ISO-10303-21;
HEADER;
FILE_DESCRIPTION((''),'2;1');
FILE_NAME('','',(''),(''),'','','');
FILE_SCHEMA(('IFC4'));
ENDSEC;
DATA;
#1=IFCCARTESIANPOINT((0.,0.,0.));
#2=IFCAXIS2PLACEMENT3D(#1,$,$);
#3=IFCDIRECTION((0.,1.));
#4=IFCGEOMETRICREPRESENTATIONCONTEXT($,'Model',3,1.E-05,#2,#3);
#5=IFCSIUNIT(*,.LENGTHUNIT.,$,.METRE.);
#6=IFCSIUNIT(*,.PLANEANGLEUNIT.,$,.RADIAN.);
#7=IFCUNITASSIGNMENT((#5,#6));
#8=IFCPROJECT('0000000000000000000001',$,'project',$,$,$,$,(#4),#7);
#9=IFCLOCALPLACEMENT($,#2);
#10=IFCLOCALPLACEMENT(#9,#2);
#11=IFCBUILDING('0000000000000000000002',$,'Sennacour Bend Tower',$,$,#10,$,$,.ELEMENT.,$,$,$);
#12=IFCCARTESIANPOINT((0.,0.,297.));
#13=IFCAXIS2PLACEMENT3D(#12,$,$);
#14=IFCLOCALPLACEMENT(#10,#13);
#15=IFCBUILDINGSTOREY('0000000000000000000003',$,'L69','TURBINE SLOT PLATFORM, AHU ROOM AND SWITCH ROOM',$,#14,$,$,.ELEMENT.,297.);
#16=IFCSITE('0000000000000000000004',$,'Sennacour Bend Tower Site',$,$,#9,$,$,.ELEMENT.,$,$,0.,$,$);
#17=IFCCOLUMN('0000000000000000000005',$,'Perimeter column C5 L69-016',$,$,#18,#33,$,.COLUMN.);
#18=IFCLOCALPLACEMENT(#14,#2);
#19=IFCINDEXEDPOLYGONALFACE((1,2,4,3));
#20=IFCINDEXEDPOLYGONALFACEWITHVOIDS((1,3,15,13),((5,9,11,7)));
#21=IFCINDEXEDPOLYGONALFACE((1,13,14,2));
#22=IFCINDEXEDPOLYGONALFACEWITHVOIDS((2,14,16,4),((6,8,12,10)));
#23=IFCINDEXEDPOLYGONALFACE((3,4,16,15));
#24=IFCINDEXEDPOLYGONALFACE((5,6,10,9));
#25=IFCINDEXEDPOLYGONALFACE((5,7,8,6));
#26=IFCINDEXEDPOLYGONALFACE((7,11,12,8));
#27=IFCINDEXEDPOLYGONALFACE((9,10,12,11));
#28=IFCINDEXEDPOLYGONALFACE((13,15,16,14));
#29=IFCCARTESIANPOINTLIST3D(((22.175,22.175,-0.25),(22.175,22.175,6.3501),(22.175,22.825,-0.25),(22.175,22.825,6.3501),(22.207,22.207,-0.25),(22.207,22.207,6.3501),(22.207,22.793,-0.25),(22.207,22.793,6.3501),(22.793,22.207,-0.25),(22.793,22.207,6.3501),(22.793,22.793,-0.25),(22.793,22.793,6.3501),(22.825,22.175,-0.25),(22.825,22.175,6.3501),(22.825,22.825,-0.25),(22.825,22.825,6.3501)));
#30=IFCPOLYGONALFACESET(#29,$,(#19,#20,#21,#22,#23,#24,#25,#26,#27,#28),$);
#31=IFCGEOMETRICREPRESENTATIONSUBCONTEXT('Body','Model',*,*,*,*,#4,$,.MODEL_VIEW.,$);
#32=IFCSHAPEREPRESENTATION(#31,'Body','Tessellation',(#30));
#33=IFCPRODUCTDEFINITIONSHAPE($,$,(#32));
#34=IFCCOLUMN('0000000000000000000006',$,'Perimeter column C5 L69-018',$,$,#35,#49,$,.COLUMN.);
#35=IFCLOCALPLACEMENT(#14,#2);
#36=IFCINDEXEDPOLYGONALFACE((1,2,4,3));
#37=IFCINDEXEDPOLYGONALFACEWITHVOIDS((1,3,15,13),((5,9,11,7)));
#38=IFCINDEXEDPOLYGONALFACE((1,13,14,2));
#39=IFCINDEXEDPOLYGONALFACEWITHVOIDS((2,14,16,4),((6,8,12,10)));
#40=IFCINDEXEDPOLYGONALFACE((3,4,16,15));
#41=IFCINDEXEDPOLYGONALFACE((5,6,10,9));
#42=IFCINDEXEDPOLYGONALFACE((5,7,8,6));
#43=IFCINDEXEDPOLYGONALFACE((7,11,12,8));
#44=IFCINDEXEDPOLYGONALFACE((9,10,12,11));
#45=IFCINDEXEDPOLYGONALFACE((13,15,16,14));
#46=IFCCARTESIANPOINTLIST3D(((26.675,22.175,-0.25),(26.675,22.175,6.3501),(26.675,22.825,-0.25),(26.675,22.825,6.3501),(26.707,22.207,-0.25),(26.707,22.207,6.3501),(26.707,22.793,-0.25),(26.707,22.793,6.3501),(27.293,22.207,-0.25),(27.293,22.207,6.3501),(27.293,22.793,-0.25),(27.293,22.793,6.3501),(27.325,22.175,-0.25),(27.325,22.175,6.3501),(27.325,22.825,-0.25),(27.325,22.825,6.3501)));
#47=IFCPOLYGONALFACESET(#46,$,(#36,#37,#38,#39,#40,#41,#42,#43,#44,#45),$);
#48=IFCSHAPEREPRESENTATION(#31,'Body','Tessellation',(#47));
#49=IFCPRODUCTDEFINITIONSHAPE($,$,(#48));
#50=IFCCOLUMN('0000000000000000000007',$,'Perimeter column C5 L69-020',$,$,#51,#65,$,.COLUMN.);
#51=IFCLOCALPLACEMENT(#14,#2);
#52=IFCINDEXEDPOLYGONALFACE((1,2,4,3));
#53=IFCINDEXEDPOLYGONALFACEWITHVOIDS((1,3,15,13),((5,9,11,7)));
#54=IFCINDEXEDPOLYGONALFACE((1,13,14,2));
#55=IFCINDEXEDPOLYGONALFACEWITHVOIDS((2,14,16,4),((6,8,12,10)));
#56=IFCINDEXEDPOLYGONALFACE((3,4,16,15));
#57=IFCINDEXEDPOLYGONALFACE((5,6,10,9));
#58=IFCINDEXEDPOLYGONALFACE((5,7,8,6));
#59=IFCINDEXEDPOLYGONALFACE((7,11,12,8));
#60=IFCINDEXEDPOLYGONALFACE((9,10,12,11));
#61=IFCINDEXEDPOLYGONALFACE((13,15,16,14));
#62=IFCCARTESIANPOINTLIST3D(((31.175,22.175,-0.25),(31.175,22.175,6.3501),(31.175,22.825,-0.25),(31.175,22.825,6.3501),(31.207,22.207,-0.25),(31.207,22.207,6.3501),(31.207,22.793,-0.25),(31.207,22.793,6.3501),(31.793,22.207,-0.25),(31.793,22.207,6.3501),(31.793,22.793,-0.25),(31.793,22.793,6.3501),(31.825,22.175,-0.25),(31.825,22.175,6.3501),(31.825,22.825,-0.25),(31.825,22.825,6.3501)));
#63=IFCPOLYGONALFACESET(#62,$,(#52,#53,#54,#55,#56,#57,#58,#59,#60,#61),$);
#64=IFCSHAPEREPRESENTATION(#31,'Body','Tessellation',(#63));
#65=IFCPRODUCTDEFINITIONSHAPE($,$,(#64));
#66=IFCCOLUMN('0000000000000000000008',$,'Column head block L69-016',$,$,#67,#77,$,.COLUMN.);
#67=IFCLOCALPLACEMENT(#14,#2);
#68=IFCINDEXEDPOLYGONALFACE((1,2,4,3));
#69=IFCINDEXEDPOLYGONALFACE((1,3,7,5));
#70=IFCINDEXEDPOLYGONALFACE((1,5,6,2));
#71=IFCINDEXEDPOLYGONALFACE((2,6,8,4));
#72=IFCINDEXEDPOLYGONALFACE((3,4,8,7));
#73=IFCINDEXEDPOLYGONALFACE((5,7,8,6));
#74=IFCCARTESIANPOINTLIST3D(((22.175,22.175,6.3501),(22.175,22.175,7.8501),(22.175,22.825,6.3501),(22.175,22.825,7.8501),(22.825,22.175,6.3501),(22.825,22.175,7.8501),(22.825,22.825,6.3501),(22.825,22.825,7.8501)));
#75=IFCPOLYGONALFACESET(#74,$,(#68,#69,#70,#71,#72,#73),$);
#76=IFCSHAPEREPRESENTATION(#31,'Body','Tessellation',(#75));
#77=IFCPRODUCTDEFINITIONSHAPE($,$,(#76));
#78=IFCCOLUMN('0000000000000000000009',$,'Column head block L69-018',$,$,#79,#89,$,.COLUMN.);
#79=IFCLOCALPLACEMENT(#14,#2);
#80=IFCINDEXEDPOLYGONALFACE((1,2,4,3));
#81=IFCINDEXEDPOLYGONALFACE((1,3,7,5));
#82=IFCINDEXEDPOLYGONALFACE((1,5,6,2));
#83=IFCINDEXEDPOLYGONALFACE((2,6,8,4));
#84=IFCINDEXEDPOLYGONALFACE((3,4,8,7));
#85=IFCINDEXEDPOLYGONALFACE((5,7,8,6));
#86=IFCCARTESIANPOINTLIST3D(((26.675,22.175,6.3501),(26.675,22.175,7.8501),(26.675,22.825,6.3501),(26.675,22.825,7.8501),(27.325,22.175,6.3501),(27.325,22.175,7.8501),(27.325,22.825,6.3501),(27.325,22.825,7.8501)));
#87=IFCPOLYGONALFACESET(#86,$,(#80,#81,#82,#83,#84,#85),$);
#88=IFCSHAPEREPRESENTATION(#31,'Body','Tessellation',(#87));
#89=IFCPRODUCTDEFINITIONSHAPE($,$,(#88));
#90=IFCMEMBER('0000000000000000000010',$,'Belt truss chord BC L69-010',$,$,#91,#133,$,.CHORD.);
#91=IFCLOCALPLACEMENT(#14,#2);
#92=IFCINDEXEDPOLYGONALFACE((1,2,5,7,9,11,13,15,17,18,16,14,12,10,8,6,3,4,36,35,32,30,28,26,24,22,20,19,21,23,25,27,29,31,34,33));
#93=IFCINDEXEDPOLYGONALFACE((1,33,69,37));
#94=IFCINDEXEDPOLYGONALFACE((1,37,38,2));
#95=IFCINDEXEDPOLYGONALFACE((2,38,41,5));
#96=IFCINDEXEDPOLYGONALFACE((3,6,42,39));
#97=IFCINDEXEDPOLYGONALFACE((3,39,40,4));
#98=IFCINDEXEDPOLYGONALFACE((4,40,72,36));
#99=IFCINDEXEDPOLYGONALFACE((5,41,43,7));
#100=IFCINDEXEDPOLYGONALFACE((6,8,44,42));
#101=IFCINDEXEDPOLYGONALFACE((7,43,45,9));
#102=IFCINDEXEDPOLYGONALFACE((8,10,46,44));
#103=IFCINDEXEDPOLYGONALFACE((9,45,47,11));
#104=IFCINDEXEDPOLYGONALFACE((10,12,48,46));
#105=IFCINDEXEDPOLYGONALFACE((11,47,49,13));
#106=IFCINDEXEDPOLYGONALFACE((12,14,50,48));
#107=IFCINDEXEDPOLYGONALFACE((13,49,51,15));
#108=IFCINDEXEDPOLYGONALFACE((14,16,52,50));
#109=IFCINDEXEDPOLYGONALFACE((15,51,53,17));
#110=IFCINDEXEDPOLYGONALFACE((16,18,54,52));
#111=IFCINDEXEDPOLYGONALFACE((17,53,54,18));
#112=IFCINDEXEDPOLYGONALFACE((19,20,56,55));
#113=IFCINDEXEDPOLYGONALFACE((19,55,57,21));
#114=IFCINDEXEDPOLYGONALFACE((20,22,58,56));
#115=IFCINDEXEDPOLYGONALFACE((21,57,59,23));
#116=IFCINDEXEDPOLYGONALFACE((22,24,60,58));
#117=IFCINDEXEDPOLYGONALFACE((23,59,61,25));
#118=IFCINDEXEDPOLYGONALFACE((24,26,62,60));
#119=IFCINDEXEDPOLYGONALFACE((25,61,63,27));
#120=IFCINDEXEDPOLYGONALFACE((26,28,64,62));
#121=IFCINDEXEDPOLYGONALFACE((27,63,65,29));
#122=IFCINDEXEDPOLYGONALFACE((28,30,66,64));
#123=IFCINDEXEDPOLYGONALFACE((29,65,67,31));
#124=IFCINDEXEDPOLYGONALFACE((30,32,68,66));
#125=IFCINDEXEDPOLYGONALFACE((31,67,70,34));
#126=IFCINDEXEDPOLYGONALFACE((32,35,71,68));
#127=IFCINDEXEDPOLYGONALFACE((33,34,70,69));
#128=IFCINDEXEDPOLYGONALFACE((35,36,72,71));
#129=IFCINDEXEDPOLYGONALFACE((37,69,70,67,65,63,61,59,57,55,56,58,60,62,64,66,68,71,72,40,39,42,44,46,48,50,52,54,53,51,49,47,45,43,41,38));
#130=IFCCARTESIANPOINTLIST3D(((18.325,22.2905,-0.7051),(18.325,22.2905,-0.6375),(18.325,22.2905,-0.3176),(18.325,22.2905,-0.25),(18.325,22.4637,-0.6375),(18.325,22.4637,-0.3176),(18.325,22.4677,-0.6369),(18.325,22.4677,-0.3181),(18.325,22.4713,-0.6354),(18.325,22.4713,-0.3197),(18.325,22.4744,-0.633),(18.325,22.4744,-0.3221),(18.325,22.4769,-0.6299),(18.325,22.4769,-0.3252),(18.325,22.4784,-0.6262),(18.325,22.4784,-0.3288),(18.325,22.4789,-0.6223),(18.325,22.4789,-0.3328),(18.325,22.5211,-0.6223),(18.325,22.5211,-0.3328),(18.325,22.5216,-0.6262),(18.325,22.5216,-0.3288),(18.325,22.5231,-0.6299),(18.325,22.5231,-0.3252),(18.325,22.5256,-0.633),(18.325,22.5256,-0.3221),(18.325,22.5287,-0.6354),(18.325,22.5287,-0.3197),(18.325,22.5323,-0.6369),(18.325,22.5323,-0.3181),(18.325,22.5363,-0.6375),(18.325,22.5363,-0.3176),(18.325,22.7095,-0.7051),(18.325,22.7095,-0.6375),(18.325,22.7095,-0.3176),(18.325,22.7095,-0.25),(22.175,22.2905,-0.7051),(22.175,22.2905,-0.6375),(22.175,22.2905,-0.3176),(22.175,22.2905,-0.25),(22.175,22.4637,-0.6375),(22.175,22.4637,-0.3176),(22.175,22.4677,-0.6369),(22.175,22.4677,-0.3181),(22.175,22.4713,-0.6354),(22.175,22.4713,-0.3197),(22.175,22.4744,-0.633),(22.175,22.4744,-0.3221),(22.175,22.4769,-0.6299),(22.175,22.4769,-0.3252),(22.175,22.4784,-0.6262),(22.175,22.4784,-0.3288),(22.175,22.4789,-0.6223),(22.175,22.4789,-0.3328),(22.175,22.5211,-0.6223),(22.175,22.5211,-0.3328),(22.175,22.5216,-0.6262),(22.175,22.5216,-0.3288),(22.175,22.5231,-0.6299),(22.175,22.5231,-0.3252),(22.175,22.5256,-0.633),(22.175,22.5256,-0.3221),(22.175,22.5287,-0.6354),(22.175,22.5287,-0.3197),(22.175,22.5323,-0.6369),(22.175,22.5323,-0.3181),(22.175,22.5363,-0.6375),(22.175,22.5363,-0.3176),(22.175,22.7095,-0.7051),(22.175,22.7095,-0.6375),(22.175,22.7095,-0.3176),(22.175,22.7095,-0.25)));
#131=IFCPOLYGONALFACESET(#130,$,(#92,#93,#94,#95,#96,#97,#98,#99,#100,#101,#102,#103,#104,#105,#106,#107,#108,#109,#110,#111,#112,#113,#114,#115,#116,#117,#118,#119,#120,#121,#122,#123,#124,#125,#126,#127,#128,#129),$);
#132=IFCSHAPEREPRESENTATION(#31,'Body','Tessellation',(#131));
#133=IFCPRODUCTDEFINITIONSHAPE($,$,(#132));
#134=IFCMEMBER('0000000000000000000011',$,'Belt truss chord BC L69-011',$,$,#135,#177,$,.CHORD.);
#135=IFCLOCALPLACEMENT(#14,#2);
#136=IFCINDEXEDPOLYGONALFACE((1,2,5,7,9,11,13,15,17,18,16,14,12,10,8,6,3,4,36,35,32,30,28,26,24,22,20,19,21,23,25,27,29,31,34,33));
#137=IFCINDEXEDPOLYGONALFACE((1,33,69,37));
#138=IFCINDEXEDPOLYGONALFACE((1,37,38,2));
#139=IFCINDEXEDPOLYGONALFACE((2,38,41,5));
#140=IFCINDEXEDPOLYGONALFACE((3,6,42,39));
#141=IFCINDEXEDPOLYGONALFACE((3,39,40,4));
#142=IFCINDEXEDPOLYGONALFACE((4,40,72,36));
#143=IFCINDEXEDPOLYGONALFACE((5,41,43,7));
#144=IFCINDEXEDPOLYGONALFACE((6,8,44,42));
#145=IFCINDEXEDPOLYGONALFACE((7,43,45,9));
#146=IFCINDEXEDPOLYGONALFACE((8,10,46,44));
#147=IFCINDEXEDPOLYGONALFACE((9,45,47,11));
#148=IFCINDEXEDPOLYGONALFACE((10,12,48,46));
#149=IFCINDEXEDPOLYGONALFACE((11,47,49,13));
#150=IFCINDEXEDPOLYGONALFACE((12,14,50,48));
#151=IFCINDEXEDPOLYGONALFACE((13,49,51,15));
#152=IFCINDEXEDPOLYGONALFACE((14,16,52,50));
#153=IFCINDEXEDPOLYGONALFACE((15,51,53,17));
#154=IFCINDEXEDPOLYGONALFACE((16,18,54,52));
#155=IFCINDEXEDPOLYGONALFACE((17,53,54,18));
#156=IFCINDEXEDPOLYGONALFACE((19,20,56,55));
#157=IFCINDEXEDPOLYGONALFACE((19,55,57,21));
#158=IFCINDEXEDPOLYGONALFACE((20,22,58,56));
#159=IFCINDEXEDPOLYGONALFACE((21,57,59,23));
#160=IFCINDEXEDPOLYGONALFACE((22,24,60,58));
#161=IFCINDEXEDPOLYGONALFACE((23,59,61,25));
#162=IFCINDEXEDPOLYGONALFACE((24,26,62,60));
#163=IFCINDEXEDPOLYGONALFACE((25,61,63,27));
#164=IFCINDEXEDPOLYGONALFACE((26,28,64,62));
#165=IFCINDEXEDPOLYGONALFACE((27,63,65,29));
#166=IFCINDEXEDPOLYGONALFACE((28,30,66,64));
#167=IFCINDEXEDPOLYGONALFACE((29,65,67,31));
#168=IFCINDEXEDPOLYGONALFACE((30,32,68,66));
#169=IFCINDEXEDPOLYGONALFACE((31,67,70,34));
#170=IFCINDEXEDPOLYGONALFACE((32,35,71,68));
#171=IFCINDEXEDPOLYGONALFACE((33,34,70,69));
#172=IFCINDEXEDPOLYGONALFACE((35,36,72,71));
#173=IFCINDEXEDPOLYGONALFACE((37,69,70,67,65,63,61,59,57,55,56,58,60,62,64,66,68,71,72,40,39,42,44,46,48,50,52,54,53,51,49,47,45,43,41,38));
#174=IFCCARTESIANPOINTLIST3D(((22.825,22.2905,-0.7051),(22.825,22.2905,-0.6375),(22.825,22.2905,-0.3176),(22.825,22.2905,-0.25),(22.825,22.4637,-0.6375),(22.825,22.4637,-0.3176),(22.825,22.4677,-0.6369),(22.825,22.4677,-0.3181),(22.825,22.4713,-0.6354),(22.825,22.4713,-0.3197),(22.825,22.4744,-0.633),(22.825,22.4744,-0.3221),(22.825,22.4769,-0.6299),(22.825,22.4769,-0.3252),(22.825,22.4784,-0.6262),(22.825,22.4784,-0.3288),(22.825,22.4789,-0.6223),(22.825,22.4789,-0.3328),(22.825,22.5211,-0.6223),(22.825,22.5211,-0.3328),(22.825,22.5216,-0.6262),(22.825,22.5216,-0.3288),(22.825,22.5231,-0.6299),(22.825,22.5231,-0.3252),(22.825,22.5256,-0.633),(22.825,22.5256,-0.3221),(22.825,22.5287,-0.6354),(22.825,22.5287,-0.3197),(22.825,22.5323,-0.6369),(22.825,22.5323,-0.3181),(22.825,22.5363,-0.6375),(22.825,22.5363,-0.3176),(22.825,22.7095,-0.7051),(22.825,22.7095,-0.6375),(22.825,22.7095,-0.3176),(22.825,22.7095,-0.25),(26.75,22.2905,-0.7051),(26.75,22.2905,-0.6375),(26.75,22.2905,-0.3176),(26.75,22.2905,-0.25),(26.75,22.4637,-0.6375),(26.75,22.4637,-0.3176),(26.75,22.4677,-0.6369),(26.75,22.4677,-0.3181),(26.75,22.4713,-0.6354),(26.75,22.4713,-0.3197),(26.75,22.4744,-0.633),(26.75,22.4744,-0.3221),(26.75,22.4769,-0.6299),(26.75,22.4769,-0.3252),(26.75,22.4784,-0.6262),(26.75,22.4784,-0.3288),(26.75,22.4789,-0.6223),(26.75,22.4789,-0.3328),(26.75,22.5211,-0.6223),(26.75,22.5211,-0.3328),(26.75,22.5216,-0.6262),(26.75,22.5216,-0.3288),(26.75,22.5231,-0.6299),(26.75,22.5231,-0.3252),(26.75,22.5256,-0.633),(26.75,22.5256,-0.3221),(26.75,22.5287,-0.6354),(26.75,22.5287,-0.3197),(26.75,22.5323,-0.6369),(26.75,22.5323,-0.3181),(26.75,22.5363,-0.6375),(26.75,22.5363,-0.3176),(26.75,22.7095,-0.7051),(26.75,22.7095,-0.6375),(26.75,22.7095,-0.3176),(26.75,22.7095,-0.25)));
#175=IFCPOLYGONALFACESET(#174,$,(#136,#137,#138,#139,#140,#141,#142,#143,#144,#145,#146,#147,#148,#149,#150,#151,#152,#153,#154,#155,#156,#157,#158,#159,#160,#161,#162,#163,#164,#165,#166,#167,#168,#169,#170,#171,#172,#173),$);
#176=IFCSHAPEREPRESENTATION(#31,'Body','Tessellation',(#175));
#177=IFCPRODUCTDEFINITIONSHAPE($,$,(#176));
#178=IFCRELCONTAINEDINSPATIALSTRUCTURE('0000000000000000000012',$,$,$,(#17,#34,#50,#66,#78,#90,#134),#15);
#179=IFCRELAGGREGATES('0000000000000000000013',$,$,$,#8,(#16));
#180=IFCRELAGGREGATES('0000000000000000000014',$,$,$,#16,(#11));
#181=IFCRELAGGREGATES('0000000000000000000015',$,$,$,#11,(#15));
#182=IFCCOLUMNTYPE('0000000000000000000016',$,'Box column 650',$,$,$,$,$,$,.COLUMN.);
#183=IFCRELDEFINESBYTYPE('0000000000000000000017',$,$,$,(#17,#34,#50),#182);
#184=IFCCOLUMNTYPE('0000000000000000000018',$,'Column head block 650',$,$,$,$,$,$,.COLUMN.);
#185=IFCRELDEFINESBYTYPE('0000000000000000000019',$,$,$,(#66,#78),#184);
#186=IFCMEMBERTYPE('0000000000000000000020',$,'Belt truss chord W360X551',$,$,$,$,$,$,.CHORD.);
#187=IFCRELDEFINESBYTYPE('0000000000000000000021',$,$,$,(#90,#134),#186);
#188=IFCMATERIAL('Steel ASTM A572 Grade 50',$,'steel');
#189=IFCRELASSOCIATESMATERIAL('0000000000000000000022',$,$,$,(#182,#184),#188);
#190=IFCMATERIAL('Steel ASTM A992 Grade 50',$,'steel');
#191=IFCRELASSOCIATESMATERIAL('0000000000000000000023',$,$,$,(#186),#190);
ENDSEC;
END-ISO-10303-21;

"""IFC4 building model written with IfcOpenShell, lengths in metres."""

from ifc_helpers import new_model, si_unit, direction, frame, origin, origin_2d, place, context, subcontext, project, spatial, rectangle, hollow_rectangle, i_section, extrude, material, material_profile, profile_set, type_object, element, save


model = new_model("IFC4")

# Units and contexts
model_context = context("Model", 3, precision=1e-05, world=origin(), true_north=direction((0.0, 1.0)))
body_context = subcontext(model_context, "Body", "Model", "MODEL_VIEW")
ifc_project = project(units=[si_unit("LENGTHUNIT", "METRE"), si_unit("PLANEANGLEUNIT", "RADIAN")], contexts=[model_context])

# Site, building, storey
site_placement = place(None, origin())
site = spatial("IfcSite", under=ifc_project, at=site_placement, Name="Sennacour Bend Tower Site", CompositionType="ELEMENT", RefElevation=0.0)
building_placement = place(site_placement, origin())
building = spatial("IfcBuilding", under=site, at=building_placement, Name="Sennacour Bend Tower", CompositionType="ELEMENT")
storey_placement = place(building_placement, frame((0.0, 0.0, 297.0)))
storey = spatial("IfcBuildingStorey", under=building, at=storey_placement, Name="L69", Description="TURBINE SLOT PLATFORM, AHU ROOM AND SWITCH ROOM", CompositionType="ELEMENT", Elevation=297.0)

# Columns
ifc_material_1 = material(Name="Steel ASTM A572 Grade 50", Category="steel")
ifc_material_profile_1 = material_profile(ifc_material_1, hollow_rectangle(XDim=0.6499, YDim=0.6499, WallThickness=0.032, at=origin_2d()), Name="Steel ASTM A572 Grade 50", Category="steel")
ifc_profile_set_1 = profile_set([ifc_material_profile_1], Name="Steel ASTM A572 Grade 50")
column_type_1 = type_object("IfcColumnType", Name="Box column 650", PredefinedType="COLUMN", material=ifc_profile_set_1)
for number, where, z_axis, x_axis, name in (
    (1, (22.5, 22.5, -0.25), (0.0, 0.0, 1.0), (1.0, 0.0, 0.0), "Perimeter column C5 L69-016"),
    (2, (27.0, 22.5, -0.25), (0.0, 0.0, 1.0), (1.0, 0.0, 0.0), "Perimeter column C5 L69-018"),
    (3, (31.5, 22.5, -0.25), (0.0, 0.0, 1.0), (1.0, 0.0, 0.0), "Perimeter column C5 L69-020"),
):
    element("IfcColumn", number, at=place(storey_placement, frame(where, z_axis=z_axis, x_axis=x_axis)), inside=storey, type_object=column_type_1, Name=name, PredefinedType="COLUMN", context=body_context, shape_type="SweptSolid", body=[
        extrude(hollow_rectangle(XDim=0.6499, YDim=0.6499, WallThickness=0.032, at=origin_2d()), origin(), (0.0, 0.0, 1.0), 6.6001),
    ])
ifc_material_profile_2 = material_profile(ifc_material_1, rectangle(XDim=0.6499, YDim=0.6499, at=origin_2d()), Name="Steel ASTM A572 Grade 50", Category="steel")
ifc_profile_set_2 = profile_set([ifc_material_profile_2], Name="Steel ASTM A572 Grade 50")
column_type_2 = type_object("IfcColumnType", Name="Column head block 650", PredefinedType="COLUMN", material=ifc_profile_set_2)
for number, where, z_axis, x_axis, name in (
    (4, (22.5, 22.5, 6.3501), (0.0, 0.0, 1.0), (1.0, 0.0, 0.0), "Column head block L69-016"),
    (5, (27.0, 22.5, 6.3501), (0.0, 0.0, 1.0), (1.0, 0.0, 0.0), "Column head block L69-018"),
):
    element("IfcColumn", number, at=place(storey_placement, frame(where, z_axis=z_axis, x_axis=x_axis)), inside=storey, type_object=column_type_2, Name=name, PredefinedType="COLUMN", context=body_context, shape_type="SweptSolid", body=[
        extrude(rectangle(XDim=0.6499, YDim=0.6499, at=origin_2d()), origin(), (0.0, 0.0, 1.0), 1.5),
    ])

# Members
ifc_material_2 = material(Name="Steel ASTM A992 Grade 50", Category="steel")
ifc_material_profile_3 = material_profile(ifc_material_2, i_section(OverallWidth=0.4189, OverallDepth=0.4551, WebThickness=0.0422, FlangeThickness=0.0676, FilletRadius=0.0151, at=origin_2d()), Name="Steel ASTM A992 Grade 50", Category="steel")
ifc_profile_set_3 = profile_set([ifc_material_profile_3], Name="Steel ASTM A992 Grade 50")
member_type_1 = type_object("IfcMemberType", Name="Belt truss chord W360X551", PredefinedType="CHORD", material=ifc_profile_set_3)
member_1_placement = place(storey_placement, frame((18.325, 22.5, -0.4775), z_axis=(1.0, 0.0, 0.0), x_axis=(0.0, 1.0, 0.0)))
element("IfcMember", 6, at=member_1_placement, inside=storey, type_object=member_type_1, Name="Belt truss chord BC L69-010", PredefinedType="CHORD", context=body_context, shape_type="SweptSolid", body=[
    extrude(i_section(OverallWidth=0.4189, OverallDepth=0.4551, WebThickness=0.0422, FlangeThickness=0.0676, FilletRadius=0.0151, at=origin_2d()), origin(), (0.0, 0.0, 1.0), 3.8501),
])
member_2_placement = place(storey_placement, frame((22.825, 22.5, -0.4775), z_axis=(1.0, 0.0, 0.0), x_axis=(0.0, 1.0, 0.0)))
element("IfcMember", 7, at=member_2_placement, inside=storey, type_object=member_type_1, Name="Belt truss chord BC L69-011", PredefinedType="CHORD", context=body_context, shape_type="SweptSolid", body=[
    extrude(i_section(OverallWidth=0.4189, OverallDepth=0.4551, WebThickness=0.0422, FlangeThickness=0.0676, FilletRadius=0.0151, at=origin_2d()), origin(), (0.0, 0.0, 1.0), 3.925),
])

save(model, "model.ifc")
